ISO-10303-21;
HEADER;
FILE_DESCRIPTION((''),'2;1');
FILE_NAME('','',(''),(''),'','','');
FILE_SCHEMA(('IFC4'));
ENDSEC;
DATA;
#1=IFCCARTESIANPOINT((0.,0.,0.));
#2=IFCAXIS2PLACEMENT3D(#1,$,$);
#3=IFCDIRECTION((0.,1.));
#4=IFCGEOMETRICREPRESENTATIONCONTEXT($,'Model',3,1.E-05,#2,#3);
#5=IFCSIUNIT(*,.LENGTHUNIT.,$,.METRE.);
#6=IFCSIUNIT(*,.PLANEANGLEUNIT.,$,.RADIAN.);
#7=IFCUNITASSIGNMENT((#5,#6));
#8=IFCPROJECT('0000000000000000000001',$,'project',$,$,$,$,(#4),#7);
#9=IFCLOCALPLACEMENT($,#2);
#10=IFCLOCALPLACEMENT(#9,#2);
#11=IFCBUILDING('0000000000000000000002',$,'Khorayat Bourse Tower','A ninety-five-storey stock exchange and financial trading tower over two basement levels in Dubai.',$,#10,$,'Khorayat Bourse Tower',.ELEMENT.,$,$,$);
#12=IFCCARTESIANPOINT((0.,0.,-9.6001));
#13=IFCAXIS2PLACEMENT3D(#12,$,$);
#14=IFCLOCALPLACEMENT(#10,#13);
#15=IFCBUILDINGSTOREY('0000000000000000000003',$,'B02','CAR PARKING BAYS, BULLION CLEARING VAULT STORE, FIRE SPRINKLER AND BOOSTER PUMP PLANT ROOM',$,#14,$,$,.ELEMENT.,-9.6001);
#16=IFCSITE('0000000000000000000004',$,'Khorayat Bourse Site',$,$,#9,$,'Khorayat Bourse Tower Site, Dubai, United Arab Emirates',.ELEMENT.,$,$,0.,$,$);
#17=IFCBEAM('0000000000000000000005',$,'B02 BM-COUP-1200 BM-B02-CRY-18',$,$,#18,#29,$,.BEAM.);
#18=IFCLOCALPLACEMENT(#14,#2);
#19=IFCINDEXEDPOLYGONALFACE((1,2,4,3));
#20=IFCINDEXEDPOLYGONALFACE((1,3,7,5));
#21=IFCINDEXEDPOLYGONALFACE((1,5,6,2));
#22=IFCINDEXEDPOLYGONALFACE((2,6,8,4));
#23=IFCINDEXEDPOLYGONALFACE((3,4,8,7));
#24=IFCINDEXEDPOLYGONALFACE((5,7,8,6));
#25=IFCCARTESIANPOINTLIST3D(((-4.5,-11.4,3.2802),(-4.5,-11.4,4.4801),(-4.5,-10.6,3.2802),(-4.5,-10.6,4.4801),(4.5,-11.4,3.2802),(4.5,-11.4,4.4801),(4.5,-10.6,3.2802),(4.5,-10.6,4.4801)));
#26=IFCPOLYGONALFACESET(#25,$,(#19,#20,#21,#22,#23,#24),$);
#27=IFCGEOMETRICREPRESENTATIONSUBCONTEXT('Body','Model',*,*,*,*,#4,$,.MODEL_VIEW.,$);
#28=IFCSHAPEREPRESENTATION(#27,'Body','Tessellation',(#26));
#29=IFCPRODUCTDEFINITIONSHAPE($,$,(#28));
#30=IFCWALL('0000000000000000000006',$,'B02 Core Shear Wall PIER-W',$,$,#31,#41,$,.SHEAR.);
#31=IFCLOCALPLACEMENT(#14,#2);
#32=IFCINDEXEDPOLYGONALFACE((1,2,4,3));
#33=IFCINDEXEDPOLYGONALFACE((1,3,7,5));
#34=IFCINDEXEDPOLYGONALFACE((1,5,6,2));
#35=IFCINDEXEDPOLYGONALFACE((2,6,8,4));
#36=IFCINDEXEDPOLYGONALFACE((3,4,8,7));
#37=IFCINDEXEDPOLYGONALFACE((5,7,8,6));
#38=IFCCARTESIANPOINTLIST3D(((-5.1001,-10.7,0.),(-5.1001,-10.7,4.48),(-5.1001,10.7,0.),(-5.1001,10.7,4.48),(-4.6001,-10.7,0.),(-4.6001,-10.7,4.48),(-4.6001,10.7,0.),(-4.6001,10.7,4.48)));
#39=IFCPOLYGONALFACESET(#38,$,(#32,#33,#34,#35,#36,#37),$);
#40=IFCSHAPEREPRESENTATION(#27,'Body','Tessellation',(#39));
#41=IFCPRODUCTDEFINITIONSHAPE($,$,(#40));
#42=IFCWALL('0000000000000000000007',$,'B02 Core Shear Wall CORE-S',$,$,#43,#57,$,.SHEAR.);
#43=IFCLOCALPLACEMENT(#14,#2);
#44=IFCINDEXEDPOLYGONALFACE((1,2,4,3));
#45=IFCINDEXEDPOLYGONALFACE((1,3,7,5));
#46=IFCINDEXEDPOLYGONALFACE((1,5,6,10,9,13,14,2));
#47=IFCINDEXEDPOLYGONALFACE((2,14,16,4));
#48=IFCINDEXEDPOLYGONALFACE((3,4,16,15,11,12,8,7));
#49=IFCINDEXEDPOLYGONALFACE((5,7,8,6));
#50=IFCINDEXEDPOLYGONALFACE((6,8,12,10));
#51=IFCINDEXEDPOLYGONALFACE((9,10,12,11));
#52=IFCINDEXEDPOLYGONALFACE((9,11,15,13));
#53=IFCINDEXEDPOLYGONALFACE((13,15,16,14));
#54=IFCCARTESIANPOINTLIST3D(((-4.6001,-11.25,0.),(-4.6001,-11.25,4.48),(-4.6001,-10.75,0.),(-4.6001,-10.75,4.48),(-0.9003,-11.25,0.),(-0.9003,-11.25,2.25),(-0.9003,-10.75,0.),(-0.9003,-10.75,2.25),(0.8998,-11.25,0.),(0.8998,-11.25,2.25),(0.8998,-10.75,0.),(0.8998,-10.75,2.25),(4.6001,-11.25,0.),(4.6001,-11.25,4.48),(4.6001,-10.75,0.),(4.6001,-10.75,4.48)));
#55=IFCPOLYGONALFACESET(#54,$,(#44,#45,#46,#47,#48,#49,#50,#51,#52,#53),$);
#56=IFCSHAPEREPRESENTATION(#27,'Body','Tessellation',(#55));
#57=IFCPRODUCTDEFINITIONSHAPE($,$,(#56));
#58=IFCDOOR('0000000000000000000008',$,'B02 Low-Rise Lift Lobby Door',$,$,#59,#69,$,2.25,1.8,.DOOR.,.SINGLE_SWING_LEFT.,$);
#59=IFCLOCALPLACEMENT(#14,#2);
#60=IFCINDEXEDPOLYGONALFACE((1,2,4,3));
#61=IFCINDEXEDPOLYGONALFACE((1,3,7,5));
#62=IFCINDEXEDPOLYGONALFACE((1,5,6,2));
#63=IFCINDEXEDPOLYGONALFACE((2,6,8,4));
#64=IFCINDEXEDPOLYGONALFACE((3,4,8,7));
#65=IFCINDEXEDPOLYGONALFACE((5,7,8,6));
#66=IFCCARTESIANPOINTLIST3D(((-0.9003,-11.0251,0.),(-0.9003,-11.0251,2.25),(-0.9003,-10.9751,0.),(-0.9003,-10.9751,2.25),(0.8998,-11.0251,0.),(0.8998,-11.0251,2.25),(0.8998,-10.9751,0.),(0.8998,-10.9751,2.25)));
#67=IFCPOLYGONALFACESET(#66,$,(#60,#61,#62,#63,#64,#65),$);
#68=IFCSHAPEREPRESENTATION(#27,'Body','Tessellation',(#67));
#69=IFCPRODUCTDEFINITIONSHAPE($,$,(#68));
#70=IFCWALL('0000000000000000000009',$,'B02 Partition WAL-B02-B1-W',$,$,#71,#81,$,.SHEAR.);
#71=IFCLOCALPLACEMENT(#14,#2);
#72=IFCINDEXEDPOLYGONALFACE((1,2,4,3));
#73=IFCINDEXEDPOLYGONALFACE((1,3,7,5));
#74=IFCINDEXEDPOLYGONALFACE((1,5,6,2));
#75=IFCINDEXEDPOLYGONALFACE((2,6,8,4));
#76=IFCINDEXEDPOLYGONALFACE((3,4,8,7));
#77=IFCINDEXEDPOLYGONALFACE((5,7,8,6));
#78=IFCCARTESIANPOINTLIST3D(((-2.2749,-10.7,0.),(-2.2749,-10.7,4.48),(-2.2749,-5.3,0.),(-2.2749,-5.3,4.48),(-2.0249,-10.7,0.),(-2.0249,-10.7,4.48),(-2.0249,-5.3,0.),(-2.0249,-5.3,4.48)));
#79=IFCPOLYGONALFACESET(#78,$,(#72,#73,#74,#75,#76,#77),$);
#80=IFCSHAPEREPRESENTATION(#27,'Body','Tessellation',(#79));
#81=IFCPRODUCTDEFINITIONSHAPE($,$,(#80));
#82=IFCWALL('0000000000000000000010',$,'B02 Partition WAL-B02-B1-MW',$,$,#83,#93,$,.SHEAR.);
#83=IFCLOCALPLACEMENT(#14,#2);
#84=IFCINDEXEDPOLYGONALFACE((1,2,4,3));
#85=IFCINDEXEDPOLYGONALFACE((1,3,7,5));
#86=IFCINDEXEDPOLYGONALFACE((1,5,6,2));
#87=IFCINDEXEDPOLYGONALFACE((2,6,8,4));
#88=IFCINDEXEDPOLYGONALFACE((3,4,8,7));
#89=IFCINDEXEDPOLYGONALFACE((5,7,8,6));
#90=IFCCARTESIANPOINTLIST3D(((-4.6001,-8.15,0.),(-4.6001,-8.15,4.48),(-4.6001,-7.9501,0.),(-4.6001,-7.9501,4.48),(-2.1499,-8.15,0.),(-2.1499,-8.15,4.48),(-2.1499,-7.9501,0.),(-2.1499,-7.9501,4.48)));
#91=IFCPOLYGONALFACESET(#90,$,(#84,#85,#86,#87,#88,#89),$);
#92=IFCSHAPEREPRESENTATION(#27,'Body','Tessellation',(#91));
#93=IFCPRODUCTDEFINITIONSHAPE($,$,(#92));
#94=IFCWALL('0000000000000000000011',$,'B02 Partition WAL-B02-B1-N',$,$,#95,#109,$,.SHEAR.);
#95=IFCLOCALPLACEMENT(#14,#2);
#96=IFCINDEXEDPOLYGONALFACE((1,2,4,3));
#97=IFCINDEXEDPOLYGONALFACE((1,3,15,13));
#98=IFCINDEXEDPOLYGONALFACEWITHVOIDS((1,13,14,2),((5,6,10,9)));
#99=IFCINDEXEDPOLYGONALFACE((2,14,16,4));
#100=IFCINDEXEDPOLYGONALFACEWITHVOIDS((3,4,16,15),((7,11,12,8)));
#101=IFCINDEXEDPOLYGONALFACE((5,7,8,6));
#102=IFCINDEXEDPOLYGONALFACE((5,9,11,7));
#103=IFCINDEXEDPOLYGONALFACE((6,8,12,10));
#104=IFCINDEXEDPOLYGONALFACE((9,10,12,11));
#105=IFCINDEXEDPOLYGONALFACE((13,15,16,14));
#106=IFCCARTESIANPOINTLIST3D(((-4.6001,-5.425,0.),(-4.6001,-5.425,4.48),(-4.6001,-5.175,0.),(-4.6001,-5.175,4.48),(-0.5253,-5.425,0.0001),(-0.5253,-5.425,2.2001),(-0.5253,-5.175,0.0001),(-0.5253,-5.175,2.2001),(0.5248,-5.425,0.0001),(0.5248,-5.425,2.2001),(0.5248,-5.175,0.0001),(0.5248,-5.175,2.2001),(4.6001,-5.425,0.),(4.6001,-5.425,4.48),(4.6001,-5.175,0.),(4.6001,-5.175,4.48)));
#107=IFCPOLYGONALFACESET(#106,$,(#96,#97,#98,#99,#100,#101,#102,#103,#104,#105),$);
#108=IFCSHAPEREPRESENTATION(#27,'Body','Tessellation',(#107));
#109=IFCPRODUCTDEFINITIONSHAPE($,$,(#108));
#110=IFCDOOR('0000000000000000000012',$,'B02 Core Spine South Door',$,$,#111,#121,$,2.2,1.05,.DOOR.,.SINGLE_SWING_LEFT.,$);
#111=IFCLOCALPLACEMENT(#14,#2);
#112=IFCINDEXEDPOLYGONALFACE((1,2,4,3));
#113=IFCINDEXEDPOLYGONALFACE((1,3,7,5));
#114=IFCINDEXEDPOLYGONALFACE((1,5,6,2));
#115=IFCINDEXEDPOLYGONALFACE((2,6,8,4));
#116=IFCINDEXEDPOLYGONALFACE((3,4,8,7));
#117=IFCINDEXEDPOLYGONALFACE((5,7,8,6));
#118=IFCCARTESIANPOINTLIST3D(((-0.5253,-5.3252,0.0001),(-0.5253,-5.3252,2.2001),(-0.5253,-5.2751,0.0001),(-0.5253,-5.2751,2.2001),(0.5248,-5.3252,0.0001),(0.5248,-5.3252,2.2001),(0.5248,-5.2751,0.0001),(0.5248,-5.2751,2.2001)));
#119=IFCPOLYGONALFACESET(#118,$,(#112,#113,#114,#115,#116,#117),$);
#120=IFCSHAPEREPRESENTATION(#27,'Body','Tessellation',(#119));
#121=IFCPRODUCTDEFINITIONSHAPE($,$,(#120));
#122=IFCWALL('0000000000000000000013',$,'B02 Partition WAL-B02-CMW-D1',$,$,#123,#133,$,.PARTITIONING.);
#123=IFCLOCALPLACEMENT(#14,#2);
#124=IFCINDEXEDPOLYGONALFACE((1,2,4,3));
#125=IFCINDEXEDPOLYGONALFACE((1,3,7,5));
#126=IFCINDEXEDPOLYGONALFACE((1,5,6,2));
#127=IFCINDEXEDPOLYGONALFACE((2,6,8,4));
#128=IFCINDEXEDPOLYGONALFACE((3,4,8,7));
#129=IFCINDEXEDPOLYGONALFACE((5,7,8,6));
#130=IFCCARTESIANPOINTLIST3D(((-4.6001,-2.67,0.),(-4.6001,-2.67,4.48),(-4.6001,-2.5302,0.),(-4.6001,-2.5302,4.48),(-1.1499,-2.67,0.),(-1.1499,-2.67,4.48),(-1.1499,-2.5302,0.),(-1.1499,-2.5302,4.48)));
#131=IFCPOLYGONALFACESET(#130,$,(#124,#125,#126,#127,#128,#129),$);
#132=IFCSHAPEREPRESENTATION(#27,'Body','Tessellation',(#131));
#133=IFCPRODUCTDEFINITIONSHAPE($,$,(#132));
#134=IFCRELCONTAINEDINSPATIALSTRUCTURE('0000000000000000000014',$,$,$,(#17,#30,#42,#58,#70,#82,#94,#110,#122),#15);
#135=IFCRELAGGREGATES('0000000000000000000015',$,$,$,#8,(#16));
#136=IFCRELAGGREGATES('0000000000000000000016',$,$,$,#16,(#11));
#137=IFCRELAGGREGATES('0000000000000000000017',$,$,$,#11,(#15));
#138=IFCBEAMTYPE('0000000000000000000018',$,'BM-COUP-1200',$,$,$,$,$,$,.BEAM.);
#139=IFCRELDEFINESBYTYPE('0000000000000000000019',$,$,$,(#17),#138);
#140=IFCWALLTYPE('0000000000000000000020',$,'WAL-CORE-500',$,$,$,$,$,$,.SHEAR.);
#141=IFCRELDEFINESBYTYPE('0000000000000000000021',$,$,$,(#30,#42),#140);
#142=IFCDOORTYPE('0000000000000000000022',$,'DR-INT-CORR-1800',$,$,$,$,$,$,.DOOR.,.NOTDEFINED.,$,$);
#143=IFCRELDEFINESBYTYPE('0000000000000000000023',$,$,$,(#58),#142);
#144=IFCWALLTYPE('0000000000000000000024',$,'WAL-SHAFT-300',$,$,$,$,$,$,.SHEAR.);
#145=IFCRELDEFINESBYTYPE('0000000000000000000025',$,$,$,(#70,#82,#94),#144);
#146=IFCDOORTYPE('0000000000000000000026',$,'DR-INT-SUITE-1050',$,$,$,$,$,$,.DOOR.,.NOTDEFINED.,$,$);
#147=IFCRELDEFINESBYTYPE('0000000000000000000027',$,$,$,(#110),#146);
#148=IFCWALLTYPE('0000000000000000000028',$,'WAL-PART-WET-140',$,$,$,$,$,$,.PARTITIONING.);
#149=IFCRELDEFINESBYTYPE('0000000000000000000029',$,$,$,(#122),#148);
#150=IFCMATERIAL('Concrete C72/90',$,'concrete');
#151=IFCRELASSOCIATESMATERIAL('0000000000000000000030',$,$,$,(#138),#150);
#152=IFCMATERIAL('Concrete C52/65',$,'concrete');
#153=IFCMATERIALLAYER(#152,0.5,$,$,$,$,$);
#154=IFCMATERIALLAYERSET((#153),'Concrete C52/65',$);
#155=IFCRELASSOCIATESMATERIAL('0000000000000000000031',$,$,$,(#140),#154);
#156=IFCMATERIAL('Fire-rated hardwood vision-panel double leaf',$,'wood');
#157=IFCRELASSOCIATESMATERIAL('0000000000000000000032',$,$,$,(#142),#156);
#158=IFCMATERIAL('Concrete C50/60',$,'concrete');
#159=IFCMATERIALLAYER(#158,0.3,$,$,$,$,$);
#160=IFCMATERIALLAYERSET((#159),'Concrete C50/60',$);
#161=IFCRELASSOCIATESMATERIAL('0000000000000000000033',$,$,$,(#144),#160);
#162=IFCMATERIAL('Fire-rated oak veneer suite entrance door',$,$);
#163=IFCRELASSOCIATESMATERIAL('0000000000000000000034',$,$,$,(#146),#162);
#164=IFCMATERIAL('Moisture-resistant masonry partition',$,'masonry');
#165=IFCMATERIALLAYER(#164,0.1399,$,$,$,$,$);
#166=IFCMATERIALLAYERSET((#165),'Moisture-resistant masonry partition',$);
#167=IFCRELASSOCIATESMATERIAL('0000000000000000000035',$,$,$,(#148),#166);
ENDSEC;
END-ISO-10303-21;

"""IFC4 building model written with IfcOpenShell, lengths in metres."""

from ifc_helpers import new_model, si_unit, direction, frame, frame_2d, origin, origin_2d, place, context, subcontext, project, spatial, rectangle, extrude, source, transform, mapped, material, layer, layer_set, material_profile, profile_set, type_object, element, fill, save


model = new_model("IFC4")

# Units and contexts
model_context = context("Model", 3, precision=1e-05, world=origin(), true_north=direction((0.0, 1.0)))
body_context = subcontext(model_context, "Body", "Model", "MODEL_VIEW")
ifc_project = project(units=[si_unit("LENGTHUNIT", "METRE"), si_unit("PLANEANGLEUNIT", "RADIAN")], contexts=[model_context])

# Site, building, storey
site_placement = place(None, origin())
site = spatial("IfcSite", under=ifc_project, at=site_placement, Name="Khorayat Bourse Site", LongName="Khorayat Bourse Tower Site, Dubai, United Arab Emirates", CompositionType="ELEMENT", RefElevation=0.0)
building_placement = place(site_placement, origin())
building = spatial("IfcBuilding", under=site, at=building_placement, Name="Khorayat Bourse Tower", Description="A ninety-five-storey stock exchange and financial trading tower over two basement levels in Dubai.", LongName="Khorayat Bourse Tower", CompositionType="ELEMENT")
storey_placement = place(building_placement, frame((0.0, 0.0, -9.6001)))
storey = spatial("IfcBuildingStorey", under=building, at=storey_placement, Name="B02", Description="CAR PARKING BAYS, BULLION CLEARING VAULT STORE, FIRE SPRINKLER AND BOOSTER PUMP PLANT ROOM", CompositionType="ELEMENT", Elevation=-9.6001)

# Shared definitions
ifc_material_1 = material(Name="Concrete C50/60", Category="concrete")

# Shared definitions
ifc_material_2 = material(Name="Concrete C72/90", Category="concrete")

# Beam
ifc_material_profile_1 = material_profile(ifc_material_2, rectangle(XDim=0.8, YDim=1.2, at=origin_2d()), Name="RC 800x1200")
ifc_profile_set_1 = profile_set([ifc_material_profile_1], Name="Concrete C72/90")
beam_type_1 = type_object("IfcBeamType", Name="BM-COUP-1200", PredefinedType="BEAM", material=ifc_profile_set_1)
shared_shape_1 = source(origin(), body_context, "Body", "SweptSolid", [
    extrude(rectangle(XDim=0.8, YDim=1.2, at=origin_2d()), origin(), (0.0, 0.0, 1.0), 9.0),
])
beam_1_placement = place(storey_placement, frame((-4.5, -11.0, 3.8801), z_axis=(1.0, 0.0, 0.0), x_axis=(0.0, 1.0, 0.0)))
element("IfcBeam", 1, at=beam_1_placement, inside=storey, type_object=beam_type_1, Name="B02 BM-COUP-1200 BM-B02-CRY-18", PredefinedType="BEAM", context=body_context, shape_type="MappedRepresentation", body=[
    mapped(shared_shape_1, transform((0.0, 0.0, 0.0), scale=1.0)),
])

# Wall
ifc_material_3 = material(Name="Concrete C52/65", Category="concrete")
ifc_layer_1 = layer(ifc_material_3, 0.5)
ifc_layer_set_1 = layer_set([ifc_layer_1], Name="Concrete C52/65")
wall_type_1 = type_object("IfcWallType", Name="WAL-CORE-500", PredefinedType="SHEAR", material=ifc_layer_set_1)
shared_shape_2 = source(origin(), body_context, "Body", "SweptSolid", [
    extrude(rectangle(XDim=21.3999, YDim=0.5, at=frame_2d((10.7, 0.0))), origin(), (0.0, 0.0, 1.0), 4.48),
])
wall_1_placement = place(storey_placement, frame((-4.8501, -10.7, 0.0), z_axis=(0.0, 0.0, 1.0), x_axis=(0.0, 1.0, 0.0)))
element("IfcWall", 2, at=wall_1_placement, inside=storey, type_object=wall_type_1, Name="B02 Core Shear Wall PIER-W", PredefinedType="SHEAR", context=body_context, shape_type="MappedRepresentation", body=[
    mapped(shared_shape_2, transform((0.0, 0.0, 0.0), scale=1.0)),
])

# Wall, opening, door
shared_shape_3 = source(origin(), body_context, "Body", "SweptSolid", [
    extrude(rectangle(XDim=9.2002, YDim=0.5, at=frame_2d((4.6001, 0.0))), origin(), (0.0, 0.0, 1.0), 4.48),
])
wall_2_placement = place(storey_placement, frame((-4.6001, -11.0, 0.0), z_axis=(0.0, 0.0, 1.0), x_axis=(1.0, 0.0, 0.0)))
wall_2 = element("IfcWall", 3, at=wall_2_placement, inside=storey, type_object=wall_type_1, Name="B02 Core Shear Wall CORE-S", PredefinedType="SHEAR", context=body_context, shape_type="MappedRepresentation", body=[
    mapped(shared_shape_3, transform((0.0, 0.0, 0.0), scale=1.0)),
])
shared_shape_4 = source(origin(), body_context, "Body", "SweptSolid", [
    extrude(rectangle(XDim=1.8, YDim=2.25, at=frame_2d((0.8999, 1.125))), frame((0.0, 0.26, 0.0), z_axis=(0.0, -1.0, 0.0), x_axis=(1.0, 0.0, 0.0)), (0.0, 0.0, 1.0), 0.52),
])
opening_1_placement = place(wall_2_placement, frame((3.7, 0.0, 0.0)))
opening_1 = element("IfcOpeningElement", 4, at=opening_1_placement, cuts=wall_2, PredefinedType="OPENING", context=body_context, shape_type="MappedRepresentation", body=[
    mapped(shared_shape_4, transform((0.0, 0.0, 0.0), scale=1.0)),
])
ifc_material_4 = material(Name="Fire-rated hardwood vision-panel double leaf", Category="wood")
door_type_1 = type_object("IfcDoorType", Name="DR-INT-CORR-1800", OperationType="NOTDEFINED", PredefinedType="DOOR", material=ifc_material_4)
shared_shape_5 = source(origin(), body_context, "Body", "SweptSolid", [
    extrude(rectangle(XDim=1.8, YDim=2.25, at=frame_2d((0.8999, 1.125))), frame((0.0, 0.0249, 0.0), z_axis=(0.0, -1.0, 0.0), x_axis=(1.0, 0.0, 0.0)), (0.0, 0.0, 1.0), 0.05),
])
door_1_placement = place(opening_1_placement, origin())
door_1 = element("IfcDoor", 5, at=door_1_placement, inside=storey, type_object=door_type_1, Name="B02 Low-Rise Lift Lobby Door", OperationType="SINGLE_SWING_LEFT", OverallHeight=2.25, OverallWidth=1.8, PredefinedType="DOOR", context=body_context, shape_type="MappedRepresentation", body=[
    mapped(shared_shape_5, transform((0.0, 0.0, 0.0), scale=1.0)),
])
fill(opening_1, door_1)

# Walls
ifc_layer_2 = layer(ifc_material_1, 0.3)
ifc_layer_set_2 = layer_set([ifc_layer_2], Name="Concrete C50/60")
wall_type_2 = type_object("IfcWallType", Name="WAL-SHAFT-300", PredefinedType="SHEAR", material=ifc_layer_set_2)
shared_shape_6 = source(origin(), body_context, "Body", "SweptSolid", [
    extrude(rectangle(XDim=5.3999, YDim=0.25, at=frame_2d((2.7, 0.0))), origin(), (0.0, 0.0, 1.0), 4.48),
])
wall_3_placement = place(storey_placement, frame((-2.1499, -10.7, 0.0), z_axis=(0.0, 0.0, 1.0), x_axis=(0.0, 1.0, 0.0)))
element("IfcWall", 6, at=wall_3_placement, inside=storey, type_object=wall_type_2, Name="B02 Partition WAL-B02-B1-W", PredefinedType="SHEAR", context=body_context, shape_type="MappedRepresentation", body=[
    mapped(shared_shape_6, transform((0.0, 0.0, 0.0), scale=1.0)),
])
shared_shape_7 = source(origin(), body_context, "Body", "SweptSolid", [
    extrude(rectangle(XDim=2.4502, YDim=0.2, at=frame_2d((1.2251, 0.0))), origin(), (0.0, 0.0, 1.0), 4.48),
])
wall_4_placement = place(storey_placement, frame((-4.6001, -8.05, 0.0), z_axis=(0.0, 0.0, 1.0), x_axis=(1.0, 0.0, 0.0)))
element("IfcWall", 7, at=wall_4_placement, inside=storey, type_object=wall_type_2, Name="B02 Partition WAL-B02-B1-MW", PredefinedType="SHEAR", context=body_context, shape_type="MappedRepresentation", body=[
    mapped(shared_shape_7, transform((0.0, 0.0, 0.0), scale=1.0)),
])

# Wall, opening, door
shared_shape_8 = source(origin(), body_context, "Body", "SweptSolid", [
    extrude(rectangle(XDim=9.2002, YDim=0.25, at=frame_2d((4.6001, 0.0))), origin(), (0.0, 0.0, 1.0), 4.48),
])
wall_5_placement = place(storey_placement, frame((-4.6001, -5.3, 0.0), z_axis=(0.0, 0.0, 1.0), x_axis=(1.0, 0.0, 0.0)))
wall_5 = element("IfcWall", 8, at=wall_5_placement, inside=storey, type_object=wall_type_2, Name="B02 Partition WAL-B02-B1-N", PredefinedType="SHEAR", context=body_context, shape_type="MappedRepresentation", body=[
    mapped(shared_shape_8, transform((0.0, 0.0, 0.0), scale=1.0)),
])
shared_shape_9 = source(origin(), body_context, "Body", "SweptSolid", [
    extrude(rectangle(XDim=1.05, YDim=2.2, at=frame_2d((0.5249, 1.1001))), frame((0.0, 0.135, 0.0), z_axis=(0.0, -1.0, 0.0), x_axis=(1.0, 0.0, 0.0)), (0.0, 0.0, 1.0), 0.27),
])
opening_2_placement = place(wall_5_placement, frame((4.075, 0.0, 0.0)))
opening_2 = element("IfcOpeningElement", 9, at=opening_2_placement, cuts=wall_5, PredefinedType="OPENING", context=body_context, shape_type="MappedRepresentation", body=[
    mapped(shared_shape_9, transform((0.0, 0.0, 0.0), scale=1.0)),
])
ifc_material_5 = material(Name="Fire-rated oak veneer suite entrance door")
door_type_2 = type_object("IfcDoorType", Name="DR-INT-SUITE-1050", OperationType="NOTDEFINED", PredefinedType="DOOR", material=ifc_material_5)
shared_shape_10 = source(origin(), body_context, "Body", "SweptSolid", [
    extrude(rectangle(XDim=1.05, YDim=2.2, at=frame_2d((0.5249, 1.1001))), frame((0.0, 0.0249, 0.0), z_axis=(0.0, -1.0, 0.0), x_axis=(1.0, 0.0, 0.0)), (0.0, 0.0, 1.0), 0.05),
])
door_2_placement = place(opening_2_placement, origin())
door_2 = element("IfcDoor", 10, at=door_2_placement, inside=storey, type_object=door_type_2, Name="B02 Core Spine South Door", OperationType="SINGLE_SWING_LEFT", OverallHeight=2.2, OverallWidth=1.05, PredefinedType="DOOR", context=body_context, shape_type="MappedRepresentation", body=[
    mapped(shared_shape_10, transform((0.0, 0.0, 0.0), scale=1.0)),
])
fill(opening_2, door_2)

# Wall
ifc_material_6 = material(Name="Moisture-resistant masonry partition", Category="masonry")
ifc_layer_3 = layer(ifc_material_6, 0.1399)
ifc_layer_set_3 = layer_set([ifc_layer_3], Name="Moisture-resistant masonry partition")
wall_type_3 = type_object("IfcWallType", Name="WAL-PART-WET-140", PredefinedType="PARTITIONING", material=ifc_layer_set_3)
shared_shape_11 = source(origin(), body_context, "Body", "SweptSolid", [
    extrude(rectangle(XDim=3.4502, YDim=0.1399, at=frame_2d((1.7251, 0.0))), origin(), (0.0, 0.0, 1.0), 4.48),
])
wall_6_placement = place(storey_placement, frame((-4.6001, -2.6001, 0.0), z_axis=(0.0, 0.0, 1.0), x_axis=(1.0, 0.0, 0.0)))
element("IfcWall", 11, at=wall_6_placement, inside=storey, type_object=wall_type_3, Name="B02 Partition WAL-B02-CMW-D1", PredefinedType="PARTITIONING", context=body_context, shape_type="MappedRepresentation", body=[
    mapped(shared_shape_11, transform((0.0, 0.0, 0.0), scale=1.0)),
])

save(model, "model.ifc")
